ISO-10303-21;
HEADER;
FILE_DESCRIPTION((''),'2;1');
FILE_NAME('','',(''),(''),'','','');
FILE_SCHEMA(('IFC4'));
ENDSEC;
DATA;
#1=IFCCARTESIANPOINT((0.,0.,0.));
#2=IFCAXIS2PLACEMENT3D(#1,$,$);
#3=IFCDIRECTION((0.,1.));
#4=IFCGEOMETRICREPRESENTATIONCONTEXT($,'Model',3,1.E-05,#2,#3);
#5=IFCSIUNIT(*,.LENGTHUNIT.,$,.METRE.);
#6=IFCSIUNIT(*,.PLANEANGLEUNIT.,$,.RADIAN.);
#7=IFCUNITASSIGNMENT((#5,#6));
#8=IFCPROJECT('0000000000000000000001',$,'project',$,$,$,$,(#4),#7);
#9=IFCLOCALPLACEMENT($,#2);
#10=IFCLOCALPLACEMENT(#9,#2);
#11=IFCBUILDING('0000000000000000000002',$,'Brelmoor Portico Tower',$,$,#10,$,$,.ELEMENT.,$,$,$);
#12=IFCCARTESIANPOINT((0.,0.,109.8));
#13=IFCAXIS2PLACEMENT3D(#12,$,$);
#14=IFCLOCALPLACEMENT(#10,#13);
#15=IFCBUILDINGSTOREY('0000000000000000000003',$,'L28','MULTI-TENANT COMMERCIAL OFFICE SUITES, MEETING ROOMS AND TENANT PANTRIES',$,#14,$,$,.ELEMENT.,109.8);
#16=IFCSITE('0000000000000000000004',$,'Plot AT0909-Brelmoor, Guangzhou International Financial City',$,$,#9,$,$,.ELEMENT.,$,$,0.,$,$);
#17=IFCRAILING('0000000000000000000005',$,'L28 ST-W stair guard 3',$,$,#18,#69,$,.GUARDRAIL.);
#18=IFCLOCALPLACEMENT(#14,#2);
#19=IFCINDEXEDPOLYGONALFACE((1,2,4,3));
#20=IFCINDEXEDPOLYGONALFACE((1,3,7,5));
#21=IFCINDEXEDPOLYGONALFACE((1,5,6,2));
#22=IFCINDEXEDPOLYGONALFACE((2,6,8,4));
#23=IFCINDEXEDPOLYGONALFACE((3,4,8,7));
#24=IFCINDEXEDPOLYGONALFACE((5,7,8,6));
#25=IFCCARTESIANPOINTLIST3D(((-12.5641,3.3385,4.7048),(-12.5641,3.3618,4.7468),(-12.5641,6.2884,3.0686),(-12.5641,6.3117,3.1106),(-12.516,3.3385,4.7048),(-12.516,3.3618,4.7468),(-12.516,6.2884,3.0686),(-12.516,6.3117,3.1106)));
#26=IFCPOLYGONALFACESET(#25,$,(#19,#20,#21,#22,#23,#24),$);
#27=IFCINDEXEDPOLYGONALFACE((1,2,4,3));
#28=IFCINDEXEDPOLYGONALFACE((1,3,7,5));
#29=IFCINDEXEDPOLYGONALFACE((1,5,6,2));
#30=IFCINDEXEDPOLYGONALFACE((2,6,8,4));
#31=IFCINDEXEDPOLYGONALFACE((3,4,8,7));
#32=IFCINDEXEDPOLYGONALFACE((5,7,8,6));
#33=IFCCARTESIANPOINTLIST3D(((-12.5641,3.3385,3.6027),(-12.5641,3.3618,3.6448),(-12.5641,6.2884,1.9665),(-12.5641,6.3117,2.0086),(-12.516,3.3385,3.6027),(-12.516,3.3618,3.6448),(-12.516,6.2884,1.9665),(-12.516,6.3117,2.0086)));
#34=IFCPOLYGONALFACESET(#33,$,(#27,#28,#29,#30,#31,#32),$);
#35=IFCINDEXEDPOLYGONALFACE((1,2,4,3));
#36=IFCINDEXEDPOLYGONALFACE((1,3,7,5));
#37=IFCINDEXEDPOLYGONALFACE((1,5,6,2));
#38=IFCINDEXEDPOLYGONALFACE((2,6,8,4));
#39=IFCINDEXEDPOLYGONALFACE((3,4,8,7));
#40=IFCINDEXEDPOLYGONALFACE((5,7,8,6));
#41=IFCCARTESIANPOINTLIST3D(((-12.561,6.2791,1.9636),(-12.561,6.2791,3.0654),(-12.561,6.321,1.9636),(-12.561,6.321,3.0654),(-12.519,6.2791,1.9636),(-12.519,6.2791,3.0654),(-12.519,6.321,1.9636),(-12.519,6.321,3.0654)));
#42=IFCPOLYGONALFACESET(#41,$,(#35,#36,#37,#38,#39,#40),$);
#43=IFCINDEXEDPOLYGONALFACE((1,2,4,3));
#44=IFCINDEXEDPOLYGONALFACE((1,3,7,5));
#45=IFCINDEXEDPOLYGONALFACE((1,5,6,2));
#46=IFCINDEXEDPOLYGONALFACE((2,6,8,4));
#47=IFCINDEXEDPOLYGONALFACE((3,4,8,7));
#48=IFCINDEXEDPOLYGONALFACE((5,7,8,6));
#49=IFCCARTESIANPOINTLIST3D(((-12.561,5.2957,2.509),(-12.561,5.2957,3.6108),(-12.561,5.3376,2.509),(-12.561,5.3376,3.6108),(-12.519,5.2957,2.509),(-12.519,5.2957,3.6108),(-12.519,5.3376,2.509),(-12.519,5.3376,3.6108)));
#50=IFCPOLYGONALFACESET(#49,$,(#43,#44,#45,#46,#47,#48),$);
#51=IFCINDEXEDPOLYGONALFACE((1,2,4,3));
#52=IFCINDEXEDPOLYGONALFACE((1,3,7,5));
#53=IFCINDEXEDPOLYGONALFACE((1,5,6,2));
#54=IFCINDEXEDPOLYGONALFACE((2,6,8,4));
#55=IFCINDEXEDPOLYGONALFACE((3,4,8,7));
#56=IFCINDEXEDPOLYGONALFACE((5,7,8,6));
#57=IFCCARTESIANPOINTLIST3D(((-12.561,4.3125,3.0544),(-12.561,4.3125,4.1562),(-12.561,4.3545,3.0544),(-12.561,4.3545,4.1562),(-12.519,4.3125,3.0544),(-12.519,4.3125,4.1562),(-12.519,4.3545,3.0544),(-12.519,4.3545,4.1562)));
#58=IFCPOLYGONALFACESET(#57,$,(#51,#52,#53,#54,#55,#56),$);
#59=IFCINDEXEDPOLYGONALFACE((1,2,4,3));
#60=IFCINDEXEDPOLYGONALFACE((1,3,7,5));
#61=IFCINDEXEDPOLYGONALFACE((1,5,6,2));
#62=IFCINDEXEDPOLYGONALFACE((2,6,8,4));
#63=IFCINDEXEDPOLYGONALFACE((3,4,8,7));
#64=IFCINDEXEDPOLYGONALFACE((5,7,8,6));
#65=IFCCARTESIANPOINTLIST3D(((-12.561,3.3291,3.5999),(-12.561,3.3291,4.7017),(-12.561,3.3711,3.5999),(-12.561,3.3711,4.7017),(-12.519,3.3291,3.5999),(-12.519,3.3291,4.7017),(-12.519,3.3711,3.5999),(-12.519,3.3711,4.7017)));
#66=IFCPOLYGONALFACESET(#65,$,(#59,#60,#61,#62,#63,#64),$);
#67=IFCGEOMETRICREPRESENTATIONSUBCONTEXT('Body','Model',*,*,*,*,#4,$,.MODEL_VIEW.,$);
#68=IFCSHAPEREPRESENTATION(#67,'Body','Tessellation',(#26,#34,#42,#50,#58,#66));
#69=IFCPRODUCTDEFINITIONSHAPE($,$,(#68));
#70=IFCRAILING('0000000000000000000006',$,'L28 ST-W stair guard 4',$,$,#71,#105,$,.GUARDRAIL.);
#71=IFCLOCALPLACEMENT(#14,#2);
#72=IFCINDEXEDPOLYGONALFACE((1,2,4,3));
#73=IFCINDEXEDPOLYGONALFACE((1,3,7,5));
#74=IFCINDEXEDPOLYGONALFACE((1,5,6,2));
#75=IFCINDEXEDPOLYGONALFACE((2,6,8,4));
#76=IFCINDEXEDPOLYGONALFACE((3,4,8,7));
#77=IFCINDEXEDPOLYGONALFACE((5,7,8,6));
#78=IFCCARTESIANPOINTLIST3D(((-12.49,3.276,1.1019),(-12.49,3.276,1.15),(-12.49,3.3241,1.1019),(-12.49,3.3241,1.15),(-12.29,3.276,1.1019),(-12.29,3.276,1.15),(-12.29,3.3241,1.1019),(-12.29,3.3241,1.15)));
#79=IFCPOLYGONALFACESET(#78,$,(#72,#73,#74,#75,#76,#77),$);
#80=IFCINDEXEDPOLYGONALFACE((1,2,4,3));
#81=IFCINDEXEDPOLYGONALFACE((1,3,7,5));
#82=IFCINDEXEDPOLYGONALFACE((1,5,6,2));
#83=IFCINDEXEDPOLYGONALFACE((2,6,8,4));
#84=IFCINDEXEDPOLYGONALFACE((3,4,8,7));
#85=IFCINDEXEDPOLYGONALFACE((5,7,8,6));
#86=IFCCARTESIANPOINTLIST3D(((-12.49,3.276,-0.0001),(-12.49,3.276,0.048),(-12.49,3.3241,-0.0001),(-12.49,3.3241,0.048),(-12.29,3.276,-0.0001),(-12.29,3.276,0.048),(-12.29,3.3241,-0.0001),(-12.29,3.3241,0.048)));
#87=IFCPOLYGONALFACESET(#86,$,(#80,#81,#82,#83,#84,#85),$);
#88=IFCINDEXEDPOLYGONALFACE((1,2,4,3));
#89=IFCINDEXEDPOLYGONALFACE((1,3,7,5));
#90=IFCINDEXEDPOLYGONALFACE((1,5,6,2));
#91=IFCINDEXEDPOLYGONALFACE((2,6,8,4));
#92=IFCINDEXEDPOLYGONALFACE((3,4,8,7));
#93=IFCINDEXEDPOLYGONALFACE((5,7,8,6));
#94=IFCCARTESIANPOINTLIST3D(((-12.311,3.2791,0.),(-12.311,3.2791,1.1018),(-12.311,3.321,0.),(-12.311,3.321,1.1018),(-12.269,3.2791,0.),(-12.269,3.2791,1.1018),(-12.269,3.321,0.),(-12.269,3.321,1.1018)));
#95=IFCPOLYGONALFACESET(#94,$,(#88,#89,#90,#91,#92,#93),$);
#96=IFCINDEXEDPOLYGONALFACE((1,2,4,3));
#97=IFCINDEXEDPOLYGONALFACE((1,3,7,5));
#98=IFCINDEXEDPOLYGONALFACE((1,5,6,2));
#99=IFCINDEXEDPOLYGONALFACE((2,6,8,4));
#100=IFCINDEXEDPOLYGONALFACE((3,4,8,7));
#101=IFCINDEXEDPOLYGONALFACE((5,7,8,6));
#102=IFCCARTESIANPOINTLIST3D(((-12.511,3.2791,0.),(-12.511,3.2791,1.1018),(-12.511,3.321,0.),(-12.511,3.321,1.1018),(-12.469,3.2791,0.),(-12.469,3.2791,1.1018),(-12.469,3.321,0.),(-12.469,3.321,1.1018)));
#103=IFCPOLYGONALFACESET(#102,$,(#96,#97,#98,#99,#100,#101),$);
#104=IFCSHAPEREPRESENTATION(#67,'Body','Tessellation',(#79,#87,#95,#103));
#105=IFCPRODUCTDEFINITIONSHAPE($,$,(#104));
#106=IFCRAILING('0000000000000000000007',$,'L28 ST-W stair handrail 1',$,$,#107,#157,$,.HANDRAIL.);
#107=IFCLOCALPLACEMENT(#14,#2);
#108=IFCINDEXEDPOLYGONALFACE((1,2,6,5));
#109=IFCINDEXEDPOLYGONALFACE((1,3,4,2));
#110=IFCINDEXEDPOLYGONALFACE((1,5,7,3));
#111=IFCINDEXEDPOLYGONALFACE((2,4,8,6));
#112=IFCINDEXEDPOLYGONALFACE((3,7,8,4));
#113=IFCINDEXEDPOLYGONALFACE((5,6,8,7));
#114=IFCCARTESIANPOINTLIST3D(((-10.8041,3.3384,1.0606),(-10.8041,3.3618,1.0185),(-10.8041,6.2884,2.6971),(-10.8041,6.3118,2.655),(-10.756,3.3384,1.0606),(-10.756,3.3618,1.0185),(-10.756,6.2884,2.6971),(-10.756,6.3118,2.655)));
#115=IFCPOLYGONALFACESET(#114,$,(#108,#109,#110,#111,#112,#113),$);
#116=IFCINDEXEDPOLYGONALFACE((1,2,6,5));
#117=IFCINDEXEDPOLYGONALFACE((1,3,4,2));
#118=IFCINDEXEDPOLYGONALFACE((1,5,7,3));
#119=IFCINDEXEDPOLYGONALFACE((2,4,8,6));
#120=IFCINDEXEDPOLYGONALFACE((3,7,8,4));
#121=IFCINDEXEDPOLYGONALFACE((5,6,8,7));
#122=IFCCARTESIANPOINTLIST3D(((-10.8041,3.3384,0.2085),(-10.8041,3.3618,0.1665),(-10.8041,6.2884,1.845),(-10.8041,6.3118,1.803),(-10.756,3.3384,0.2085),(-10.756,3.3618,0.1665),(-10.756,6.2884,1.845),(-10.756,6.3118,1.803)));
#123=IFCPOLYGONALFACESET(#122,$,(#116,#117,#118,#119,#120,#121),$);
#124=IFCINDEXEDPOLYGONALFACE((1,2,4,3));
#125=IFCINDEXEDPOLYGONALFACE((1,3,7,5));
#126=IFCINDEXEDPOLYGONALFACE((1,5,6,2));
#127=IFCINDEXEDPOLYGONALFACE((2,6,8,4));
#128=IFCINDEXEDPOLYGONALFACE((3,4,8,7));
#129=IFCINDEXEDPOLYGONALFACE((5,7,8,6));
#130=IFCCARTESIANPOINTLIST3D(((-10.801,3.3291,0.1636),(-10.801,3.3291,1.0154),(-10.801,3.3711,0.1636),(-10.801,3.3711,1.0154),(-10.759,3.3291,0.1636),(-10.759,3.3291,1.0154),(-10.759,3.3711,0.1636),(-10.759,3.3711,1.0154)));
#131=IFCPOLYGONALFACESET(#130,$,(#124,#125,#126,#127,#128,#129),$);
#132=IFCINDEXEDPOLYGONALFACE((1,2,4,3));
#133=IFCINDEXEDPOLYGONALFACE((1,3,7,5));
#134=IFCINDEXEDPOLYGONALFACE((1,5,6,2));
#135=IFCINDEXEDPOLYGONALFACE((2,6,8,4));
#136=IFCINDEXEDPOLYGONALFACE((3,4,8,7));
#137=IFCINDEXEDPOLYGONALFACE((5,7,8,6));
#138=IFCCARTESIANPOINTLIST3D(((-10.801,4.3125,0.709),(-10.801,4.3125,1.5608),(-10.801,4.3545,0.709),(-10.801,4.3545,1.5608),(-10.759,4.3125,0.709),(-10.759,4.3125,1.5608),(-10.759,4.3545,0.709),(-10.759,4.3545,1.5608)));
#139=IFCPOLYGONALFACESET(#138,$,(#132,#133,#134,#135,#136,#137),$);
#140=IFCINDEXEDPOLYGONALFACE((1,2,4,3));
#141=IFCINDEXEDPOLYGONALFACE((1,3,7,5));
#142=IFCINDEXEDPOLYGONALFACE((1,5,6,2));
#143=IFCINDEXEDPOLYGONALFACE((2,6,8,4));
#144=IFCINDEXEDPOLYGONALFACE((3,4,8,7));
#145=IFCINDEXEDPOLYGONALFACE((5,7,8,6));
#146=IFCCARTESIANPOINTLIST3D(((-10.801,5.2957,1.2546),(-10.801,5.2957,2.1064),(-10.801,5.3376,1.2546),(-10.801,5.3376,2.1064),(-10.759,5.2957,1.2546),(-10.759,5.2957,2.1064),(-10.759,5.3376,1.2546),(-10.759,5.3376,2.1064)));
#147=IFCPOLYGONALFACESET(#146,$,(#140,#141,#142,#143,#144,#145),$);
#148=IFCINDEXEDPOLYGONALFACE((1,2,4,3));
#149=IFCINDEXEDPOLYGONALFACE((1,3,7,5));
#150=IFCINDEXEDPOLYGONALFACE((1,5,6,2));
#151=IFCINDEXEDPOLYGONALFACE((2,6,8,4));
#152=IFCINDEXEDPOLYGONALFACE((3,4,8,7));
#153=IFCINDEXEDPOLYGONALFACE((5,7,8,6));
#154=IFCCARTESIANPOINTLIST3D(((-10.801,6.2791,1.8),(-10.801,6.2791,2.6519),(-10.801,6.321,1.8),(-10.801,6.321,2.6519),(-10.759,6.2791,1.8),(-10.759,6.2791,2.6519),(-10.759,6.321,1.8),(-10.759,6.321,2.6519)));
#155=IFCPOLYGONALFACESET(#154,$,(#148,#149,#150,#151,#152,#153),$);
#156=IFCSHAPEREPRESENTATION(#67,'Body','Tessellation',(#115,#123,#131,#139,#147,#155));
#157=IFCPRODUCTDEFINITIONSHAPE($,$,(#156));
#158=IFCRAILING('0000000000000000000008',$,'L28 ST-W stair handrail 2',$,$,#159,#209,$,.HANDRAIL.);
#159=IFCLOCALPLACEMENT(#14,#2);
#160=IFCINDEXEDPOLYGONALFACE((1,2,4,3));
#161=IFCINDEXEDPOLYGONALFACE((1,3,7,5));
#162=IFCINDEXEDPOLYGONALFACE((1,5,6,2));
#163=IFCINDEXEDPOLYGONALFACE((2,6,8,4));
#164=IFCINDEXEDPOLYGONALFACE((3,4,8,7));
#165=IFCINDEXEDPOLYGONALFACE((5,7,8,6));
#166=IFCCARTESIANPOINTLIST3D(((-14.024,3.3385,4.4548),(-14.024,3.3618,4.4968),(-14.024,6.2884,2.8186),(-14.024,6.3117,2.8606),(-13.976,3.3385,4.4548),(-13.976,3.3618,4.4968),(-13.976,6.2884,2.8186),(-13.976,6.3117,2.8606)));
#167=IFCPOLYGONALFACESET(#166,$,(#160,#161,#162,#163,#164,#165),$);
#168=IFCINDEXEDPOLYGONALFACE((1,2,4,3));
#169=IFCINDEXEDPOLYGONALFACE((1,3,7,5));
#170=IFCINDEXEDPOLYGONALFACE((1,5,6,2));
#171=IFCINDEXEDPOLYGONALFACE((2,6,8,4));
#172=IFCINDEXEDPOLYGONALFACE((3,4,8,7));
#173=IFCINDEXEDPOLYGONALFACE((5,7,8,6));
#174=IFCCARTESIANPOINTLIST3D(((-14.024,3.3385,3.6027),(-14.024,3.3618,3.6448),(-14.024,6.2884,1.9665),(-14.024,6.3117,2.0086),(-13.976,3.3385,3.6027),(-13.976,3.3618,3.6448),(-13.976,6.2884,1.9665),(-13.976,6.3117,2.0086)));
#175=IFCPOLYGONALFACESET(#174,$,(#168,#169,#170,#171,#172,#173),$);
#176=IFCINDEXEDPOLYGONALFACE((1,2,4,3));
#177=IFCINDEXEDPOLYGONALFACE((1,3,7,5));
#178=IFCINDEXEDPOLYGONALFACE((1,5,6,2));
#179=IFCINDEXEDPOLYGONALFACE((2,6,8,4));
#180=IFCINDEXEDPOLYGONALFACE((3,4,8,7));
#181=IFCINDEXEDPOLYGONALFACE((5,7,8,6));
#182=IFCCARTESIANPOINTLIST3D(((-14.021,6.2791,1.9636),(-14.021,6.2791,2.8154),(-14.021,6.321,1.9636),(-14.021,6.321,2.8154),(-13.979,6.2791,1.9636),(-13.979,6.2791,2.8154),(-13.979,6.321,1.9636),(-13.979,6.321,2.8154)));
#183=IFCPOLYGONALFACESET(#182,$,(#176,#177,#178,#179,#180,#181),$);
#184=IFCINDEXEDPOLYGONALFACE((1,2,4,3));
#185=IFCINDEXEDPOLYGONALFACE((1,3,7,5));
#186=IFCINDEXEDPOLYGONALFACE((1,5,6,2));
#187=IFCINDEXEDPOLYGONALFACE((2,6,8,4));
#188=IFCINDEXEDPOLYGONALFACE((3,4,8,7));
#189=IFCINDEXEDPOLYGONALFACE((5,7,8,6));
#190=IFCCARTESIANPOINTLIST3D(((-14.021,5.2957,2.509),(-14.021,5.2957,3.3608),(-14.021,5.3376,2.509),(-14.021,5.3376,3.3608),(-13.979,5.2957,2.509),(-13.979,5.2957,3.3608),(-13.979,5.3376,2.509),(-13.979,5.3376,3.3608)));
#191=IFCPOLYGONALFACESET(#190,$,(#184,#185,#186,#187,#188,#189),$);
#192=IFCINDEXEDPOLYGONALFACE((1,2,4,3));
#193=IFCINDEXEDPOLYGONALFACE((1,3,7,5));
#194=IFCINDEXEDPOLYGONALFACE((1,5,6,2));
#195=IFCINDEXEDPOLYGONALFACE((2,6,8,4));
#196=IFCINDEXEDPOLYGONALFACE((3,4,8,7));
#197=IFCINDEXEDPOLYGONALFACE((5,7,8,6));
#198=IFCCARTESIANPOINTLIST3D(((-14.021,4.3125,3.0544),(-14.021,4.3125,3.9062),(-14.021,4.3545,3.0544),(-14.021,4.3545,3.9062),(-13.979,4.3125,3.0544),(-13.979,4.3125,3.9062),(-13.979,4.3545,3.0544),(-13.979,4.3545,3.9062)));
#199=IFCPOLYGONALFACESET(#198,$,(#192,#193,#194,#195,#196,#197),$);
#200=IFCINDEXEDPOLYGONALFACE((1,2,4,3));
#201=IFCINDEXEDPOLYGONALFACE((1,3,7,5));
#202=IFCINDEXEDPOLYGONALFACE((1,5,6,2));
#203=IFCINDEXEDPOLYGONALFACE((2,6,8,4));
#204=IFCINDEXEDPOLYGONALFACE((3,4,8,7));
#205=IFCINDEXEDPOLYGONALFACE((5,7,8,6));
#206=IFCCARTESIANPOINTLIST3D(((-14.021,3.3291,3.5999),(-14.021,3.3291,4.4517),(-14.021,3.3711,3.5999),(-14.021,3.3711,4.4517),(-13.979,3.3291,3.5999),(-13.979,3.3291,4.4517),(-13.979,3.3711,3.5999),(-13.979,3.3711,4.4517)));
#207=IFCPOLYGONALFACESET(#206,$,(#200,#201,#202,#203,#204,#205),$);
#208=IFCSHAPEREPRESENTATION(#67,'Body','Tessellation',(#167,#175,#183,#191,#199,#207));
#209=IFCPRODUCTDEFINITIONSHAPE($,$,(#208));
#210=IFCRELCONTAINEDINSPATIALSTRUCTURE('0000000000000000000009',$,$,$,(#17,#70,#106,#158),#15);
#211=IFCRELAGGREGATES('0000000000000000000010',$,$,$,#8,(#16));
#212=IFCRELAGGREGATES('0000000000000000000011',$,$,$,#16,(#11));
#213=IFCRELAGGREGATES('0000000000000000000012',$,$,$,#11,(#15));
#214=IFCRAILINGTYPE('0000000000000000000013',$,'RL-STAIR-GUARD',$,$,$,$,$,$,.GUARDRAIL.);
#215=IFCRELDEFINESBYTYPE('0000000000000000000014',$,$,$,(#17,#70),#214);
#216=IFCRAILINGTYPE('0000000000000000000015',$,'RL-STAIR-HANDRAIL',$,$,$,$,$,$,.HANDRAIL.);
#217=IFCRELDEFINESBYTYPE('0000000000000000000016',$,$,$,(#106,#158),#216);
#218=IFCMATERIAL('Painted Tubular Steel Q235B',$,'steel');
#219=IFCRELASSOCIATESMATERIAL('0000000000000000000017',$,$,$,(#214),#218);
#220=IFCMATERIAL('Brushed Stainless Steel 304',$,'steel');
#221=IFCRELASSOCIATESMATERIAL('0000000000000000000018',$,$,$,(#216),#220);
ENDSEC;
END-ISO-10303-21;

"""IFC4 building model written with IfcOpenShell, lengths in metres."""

from ifc_helpers import new_model, si_unit, direction, frame, origin, origin_2d, place, context, subcontext, project, spatial, rectangle, extrude, material, type_object, element, save


model = new_model("IFC4")

# Units and contexts
model_context = context("Model", 3, precision=1e-05, world=origin(), true_north=direction((0.0, 1.0)))
body_context = subcontext(model_context, "Body", "Model", "MODEL_VIEW")
ifc_project = project(units=[si_unit("LENGTHUNIT", "METRE"), si_unit("PLANEANGLEUNIT", "RADIAN")], contexts=[model_context])

# Site, building, storey
site_placement = place(None, origin())
site = spatial("IfcSite", under=ifc_project, at=site_placement, Name="Plot AT0909-Brelmoor, Guangzhou International Financial City", CompositionType="ELEMENT", RefElevation=0.0)
building_placement = place(site_placement, origin())
building = spatial("IfcBuilding", under=site, at=building_placement, Name="Brelmoor Portico Tower", CompositionType="ELEMENT")
storey_placement = place(building_placement, frame((0.0, 0.0, 109.8)))
storey = spatial("IfcBuildingStorey", under=building, at=storey_placement, Name="L28", Description="MULTI-TENANT COMMERCIAL OFFICE SUITES, MEETING ROOMS AND TENANT PANTRIES", CompositionType="ELEMENT", Elevation=109.8)

# Railings
ifc_material_1 = material(Name="Painted Tubular Steel Q235B", Category="steel")
railing_type_1 = type_object("IfcRailingType", Name="RL-STAIR-GUARD", PredefinedType="GUARDRAIL", material=ifc_material_1)
railing_1_placement = place(storey_placement, frame((-12.54, 6.3, 1.9636)))
element("IfcRailing", 1, at=railing_1_placement, inside=storey, type_object=railing_type_1, Name="L28 ST-W stair guard 3", PredefinedType="GUARDRAIL", context=body_context, shape_type="SweptSolid", body=[
    extrude(rectangle(XDim=0.0481, YDim=0.0481, at=origin_2d()), frame((0.0, 0.0, 1.126), z_axis=(0.0, -0.874488, 0.485047), x_axis=(1.0, 0.0, 0.0)), (0.0, 0.0, 1.0), 3.3733),
    extrude(rectangle(XDim=0.0481, YDim=0.0481, at=origin_2d()), frame((0.0, 0.0, 0.0239), z_axis=(0.0, -0.874488, 0.485047), x_axis=(1.0, 0.0, 0.0)), (0.0, 0.0, 1.0), 3.3733),
    extrude(rectangle(XDim=0.042, YDim=0.042, at=origin_2d()), origin(), (0.0, 0.0, 1.0), 1.1018),
    extrude(rectangle(XDim=0.042, YDim=0.042, at=origin_2d()), frame((0.0, -0.9834, 0.5454)), (0.0, 0.0, 1.0), 1.1018),
    extrude(rectangle(XDim=0.042, YDim=0.042, at=origin_2d()), frame((0.0, -1.9666, 1.0908)), (0.0, 0.0, 1.0), 1.1018),
    extrude(rectangle(XDim=0.042, YDim=0.042, at=origin_2d()), frame((0.0, -2.95, 1.6362)), (0.0, 0.0, 1.0), 1.1018),
])
railing_2_placement = place(storey_placement, frame((-12.29, 3.3, 0.0)))
element("IfcRailing", 2, at=railing_2_placement, inside=storey, type_object=railing_type_1, Name="L28 ST-W stair guard 4", PredefinedType="GUARDRAIL", context=body_context, shape_type="SweptSolid", body=[
    extrude(rectangle(XDim=0.0481, YDim=0.0481, at=origin_2d()), frame((0.0, 0.0, 1.126), z_axis=(-1.0, 0.0, 0.0), x_axis=(0.0, -1.0, 0.0)), (0.0, 0.0, 1.0), 0.2),
    extrude(rectangle(XDim=0.0481, YDim=0.0481, at=origin_2d()), frame((0.0, 0.0, 0.0239), z_axis=(-1.0, 0.0, 0.0), x_axis=(0.0, -1.0, 0.0)), (0.0, 0.0, 1.0), 0.2),
    extrude(rectangle(XDim=0.042, YDim=0.042, at=origin_2d()), origin(), (0.0, 0.0, 1.0), 1.1018),
    extrude(rectangle(XDim=0.042, YDim=0.042, at=origin_2d()), frame((-0.2, 0.0, 0.0)), (0.0, 0.0, 1.0), 1.1018),
])
ifc_material_2 = material(Name="Brushed Stainless Steel 304", Category="steel")
railing_type_2 = type_object("IfcRailingType", Name="RL-STAIR-HANDRAIL", PredefinedType="HANDRAIL", material=ifc_material_2)
railing_3_placement = place(storey_placement, frame((-10.78, 3.3501, 0.1636)))
element("IfcRailing", 3, at=railing_3_placement, inside=storey, type_object=railing_type_2, Name="L28 ST-W stair handrail 1", PredefinedType="HANDRAIL", context=body_context, shape_type="SweptSolid", body=[
    extrude(rectangle(XDim=0.0481, YDim=0.0481, at=origin_2d()), frame((0.0, 0.0, 0.876), z_axis=(0.0, 0.874458, 0.485102), x_axis=(-1.0, 0.0, 0.0)), (0.0, 0.0, 1.0), 3.3735),
    extrude(rectangle(XDim=0.0481, YDim=0.0481, at=origin_2d()), frame((0.0, 0.0, 0.0239), z_axis=(0.0, 0.874458, 0.485102), x_axis=(-1.0, 0.0, 0.0)), (0.0, 0.0, 1.0), 3.3735),
    extrude(rectangle(XDim=0.042, YDim=0.042, at=origin_2d()), origin(), (0.0, 0.0, 1.0), 0.8518),
    extrude(rectangle(XDim=0.042, YDim=0.042, at=origin_2d()), frame((0.0, 0.9834, 0.5454)), (0.0, 0.0, 1.0), 0.8518),
    extrude(rectangle(XDim=0.042, YDim=0.042, at=origin_2d()), frame((0.0, 1.9666, 1.0911)), (0.0, 0.0, 1.0), 0.8518),
    extrude(rectangle(XDim=0.042, YDim=0.042, at=origin_2d()), frame((0.0, 2.95, 1.6365)), (0.0, 0.0, 1.0), 0.8518),
])
railing_4_placement = place(storey_placement, frame((-14.0, 6.3, 1.9636)))
element("IfcRailing", 4, at=railing_4_placement, inside=storey, type_object=railing_type_2, Name="L28 ST-W stair handrail 2", PredefinedType="HANDRAIL", context=body_context, shape_type="SweptSolid", body=[
    extrude(rectangle(XDim=0.0481, YDim=0.0481, at=origin_2d()), frame((0.0, 0.0, 0.876), z_axis=(0.0, -0.874488, 0.485047), x_axis=(1.0, 0.0, 0.0)), (0.0, 0.0, 1.0), 3.3733),
    extrude(rectangle(XDim=0.0481, YDim=0.0481, at=origin_2d()), frame((0.0, 0.0, 0.0239), z_axis=(0.0, -0.874488, 0.485047), x_axis=(1.0, 0.0, 0.0)), (0.0, 0.0, 1.0), 3.3733),
    extrude(rectangle(XDim=0.042, YDim=0.042, at=origin_2d()), origin(), (0.0, 0.0, 1.0), 0.8518),
    extrude(rectangle(XDim=0.042, YDim=0.042, at=origin_2d()), frame((0.0, -0.9834, 0.5454)), (0.0, 0.0, 1.0), 0.8518),
    extrude(rectangle(XDim=0.042, YDim=0.042, at=origin_2d()), frame((0.0, -1.9666, 1.0908)), (0.0, 0.0, 1.0), 0.8518),
    extrude(rectangle(XDim=0.042, YDim=0.042, at=origin_2d()), frame((0.0, -2.95, 1.6362)), (0.0, 0.0, 1.0), 0.8518),
])

save(model, "model.ifc")
